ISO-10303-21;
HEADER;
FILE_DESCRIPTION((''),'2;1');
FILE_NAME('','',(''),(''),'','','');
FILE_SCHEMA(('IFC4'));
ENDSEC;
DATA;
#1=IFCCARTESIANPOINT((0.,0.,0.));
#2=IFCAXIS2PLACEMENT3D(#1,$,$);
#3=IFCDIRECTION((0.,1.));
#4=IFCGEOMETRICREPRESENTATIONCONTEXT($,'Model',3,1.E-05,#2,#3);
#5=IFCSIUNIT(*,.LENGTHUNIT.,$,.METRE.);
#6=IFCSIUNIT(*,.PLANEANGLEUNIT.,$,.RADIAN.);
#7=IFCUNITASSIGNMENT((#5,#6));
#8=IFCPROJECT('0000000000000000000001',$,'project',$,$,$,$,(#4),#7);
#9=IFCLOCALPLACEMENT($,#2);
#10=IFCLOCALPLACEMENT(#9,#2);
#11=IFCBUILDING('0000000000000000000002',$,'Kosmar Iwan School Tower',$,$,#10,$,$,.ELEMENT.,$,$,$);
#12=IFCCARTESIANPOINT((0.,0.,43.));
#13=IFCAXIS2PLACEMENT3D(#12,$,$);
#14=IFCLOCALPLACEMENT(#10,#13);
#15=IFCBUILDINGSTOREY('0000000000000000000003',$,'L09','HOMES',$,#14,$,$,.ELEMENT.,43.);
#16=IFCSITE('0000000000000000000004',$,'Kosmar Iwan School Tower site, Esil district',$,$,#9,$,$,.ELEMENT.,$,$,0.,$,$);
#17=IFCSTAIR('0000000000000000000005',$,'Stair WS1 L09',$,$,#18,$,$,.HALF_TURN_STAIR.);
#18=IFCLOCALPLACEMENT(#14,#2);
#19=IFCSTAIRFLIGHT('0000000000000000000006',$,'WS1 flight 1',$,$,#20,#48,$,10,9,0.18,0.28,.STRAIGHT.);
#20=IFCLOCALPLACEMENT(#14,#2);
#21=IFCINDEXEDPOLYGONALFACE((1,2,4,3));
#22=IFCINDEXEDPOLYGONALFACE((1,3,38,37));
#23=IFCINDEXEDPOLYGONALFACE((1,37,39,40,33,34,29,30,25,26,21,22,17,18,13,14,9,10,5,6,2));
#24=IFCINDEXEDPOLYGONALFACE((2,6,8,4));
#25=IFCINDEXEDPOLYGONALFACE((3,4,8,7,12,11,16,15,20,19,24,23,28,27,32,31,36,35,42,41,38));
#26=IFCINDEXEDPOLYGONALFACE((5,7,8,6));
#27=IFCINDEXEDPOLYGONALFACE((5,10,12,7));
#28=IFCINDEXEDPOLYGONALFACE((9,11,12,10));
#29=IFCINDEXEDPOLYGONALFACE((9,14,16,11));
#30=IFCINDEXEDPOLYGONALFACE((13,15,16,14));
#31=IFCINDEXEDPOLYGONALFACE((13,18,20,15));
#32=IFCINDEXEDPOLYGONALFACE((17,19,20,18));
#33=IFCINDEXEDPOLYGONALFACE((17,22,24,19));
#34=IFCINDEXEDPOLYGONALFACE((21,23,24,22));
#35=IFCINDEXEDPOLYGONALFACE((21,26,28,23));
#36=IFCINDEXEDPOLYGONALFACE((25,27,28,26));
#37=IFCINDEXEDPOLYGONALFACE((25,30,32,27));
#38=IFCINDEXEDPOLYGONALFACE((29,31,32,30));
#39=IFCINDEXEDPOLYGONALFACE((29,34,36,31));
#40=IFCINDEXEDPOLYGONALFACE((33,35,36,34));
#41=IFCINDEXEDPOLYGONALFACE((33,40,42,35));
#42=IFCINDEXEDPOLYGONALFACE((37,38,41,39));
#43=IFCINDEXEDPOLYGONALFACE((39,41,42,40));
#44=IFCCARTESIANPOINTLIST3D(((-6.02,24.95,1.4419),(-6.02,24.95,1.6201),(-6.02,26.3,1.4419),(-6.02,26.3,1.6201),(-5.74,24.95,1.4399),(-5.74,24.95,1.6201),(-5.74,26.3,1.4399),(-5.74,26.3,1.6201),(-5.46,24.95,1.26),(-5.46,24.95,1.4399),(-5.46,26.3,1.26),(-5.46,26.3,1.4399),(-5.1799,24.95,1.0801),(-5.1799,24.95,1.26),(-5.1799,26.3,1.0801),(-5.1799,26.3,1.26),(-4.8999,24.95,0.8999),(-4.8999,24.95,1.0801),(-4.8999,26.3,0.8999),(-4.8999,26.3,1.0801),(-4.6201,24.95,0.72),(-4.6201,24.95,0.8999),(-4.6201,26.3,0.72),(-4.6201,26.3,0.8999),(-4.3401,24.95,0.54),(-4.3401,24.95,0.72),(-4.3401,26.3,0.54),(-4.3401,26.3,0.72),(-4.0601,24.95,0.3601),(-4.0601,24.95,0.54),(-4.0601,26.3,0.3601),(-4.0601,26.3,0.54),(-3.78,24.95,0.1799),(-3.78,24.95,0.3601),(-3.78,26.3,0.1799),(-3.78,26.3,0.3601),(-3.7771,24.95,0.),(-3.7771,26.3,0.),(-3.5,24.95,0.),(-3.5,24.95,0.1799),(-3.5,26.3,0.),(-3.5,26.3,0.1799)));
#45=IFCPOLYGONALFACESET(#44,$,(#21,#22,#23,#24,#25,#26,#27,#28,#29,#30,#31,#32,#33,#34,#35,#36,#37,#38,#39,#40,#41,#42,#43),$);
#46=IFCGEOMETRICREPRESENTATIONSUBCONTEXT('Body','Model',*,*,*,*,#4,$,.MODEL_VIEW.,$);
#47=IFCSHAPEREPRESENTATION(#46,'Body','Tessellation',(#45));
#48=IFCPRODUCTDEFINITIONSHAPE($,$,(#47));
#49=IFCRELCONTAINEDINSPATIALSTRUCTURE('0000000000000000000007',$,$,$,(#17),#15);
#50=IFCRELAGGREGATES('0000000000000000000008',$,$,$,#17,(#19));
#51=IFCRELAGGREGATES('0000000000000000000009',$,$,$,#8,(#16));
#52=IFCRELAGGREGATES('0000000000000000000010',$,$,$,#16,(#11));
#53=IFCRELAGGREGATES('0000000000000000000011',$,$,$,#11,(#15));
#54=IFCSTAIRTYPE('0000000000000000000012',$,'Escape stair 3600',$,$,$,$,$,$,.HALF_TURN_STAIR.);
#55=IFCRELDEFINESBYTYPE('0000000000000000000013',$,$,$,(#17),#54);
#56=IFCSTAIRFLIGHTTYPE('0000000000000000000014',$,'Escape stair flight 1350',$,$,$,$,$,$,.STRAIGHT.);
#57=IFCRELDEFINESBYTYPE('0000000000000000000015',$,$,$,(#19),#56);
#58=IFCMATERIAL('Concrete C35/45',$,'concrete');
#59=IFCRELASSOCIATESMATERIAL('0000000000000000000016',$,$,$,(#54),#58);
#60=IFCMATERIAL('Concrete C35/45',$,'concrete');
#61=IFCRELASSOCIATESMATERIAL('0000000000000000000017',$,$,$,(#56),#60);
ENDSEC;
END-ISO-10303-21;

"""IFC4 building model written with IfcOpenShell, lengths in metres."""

from ifc_helpers import new_model, si_unit, direction, frame, origin, place, context, subcontext, project, spatial, polyline, outline, extrude, material, type_object, element, aggregate, save


model = new_model("IFC4")

# Units and contexts
model_context = context("Model", 3, precision=1e-05, world=origin(), true_north=direction((0.0, 1.0)))
body_context = subcontext(model_context, "Body", "Model", "MODEL_VIEW")
ifc_project = project(units=[si_unit("LENGTHUNIT", "METRE"), si_unit("PLANEANGLEUNIT", "RADIAN")], contexts=[model_context])

# Site, building, storey
site_placement = place(None, origin())
site = spatial("IfcSite", under=ifc_project, at=site_placement, Name="Kosmar Iwan School Tower site, Esil district", CompositionType="ELEMENT", RefElevation=0.0)
building_placement = place(site_placement, origin())
building = spatial("IfcBuilding", under=site, at=building_placement, Name="Kosmar Iwan School Tower", CompositionType="ELEMENT")
storey_placement = place(building_placement, frame((0.0, 0.0, 43.0)))
storey = spatial("IfcBuildingStorey", under=building, at=storey_placement, Name="L09", Description="HOMES", CompositionType="ELEMENT", Elevation=43.0)

# Stair, stair flight
ifc_material_1 = material(Name="Concrete C35/45", Category="concrete")
stair_type = type_object("IfcStairType", Name="Escape stair 3600", PredefinedType="HALF_TURN_STAIR", material=ifc_material_1)
stair_placement = place(storey_placement, origin())
stair = element("IfcStair", 1, at=stair_placement, inside=storey, type_object=stair_type, Name="Stair WS1 L09", PredefinedType="HALF_TURN_STAIR")
ifc_material_2 = material(Name="Concrete C35/45", Category="concrete")
stair_flight_type = type_object("IfcStairFlightType", Name="Escape stair flight 1350", PredefinedType="STRAIGHT", material=ifc_material_2)
stair_flight_placement = place(storey_placement, frame((-3.5, 25.625, 0.0), z_axis=(0.0, 0.0, 1.0), x_axis=(-1.0, 0.0, 0.0)))
stair_flight = element("IfcStairFlight", 2, at=stair_flight_placement, type_object=stair_flight_type, Name="WS1 flight 1", NumberOfRisers=10, NumberOfTreads=9, PredefinedType="STRAIGHT", RiserHeight=0.18, TreadLength=0.28, context=body_context, shape_type="SweptSolid", body=[
    extrude(outline(polyline([(0.0, 0.0), (0.0, 0.1799), (0.28, 0.1799), (0.28, 0.3601), (0.5601, 0.3601), (0.5601, 0.54), (0.8401, 0.54), (0.8401, 0.72), (1.1201, 0.72), (1.1201, 0.8999), (1.3999, 0.8999), (1.3999, 1.0801), (1.6799, 1.0801), (1.6799, 1.26), (1.96, 1.26), (1.96, 1.4399), (2.24, 1.4399), (2.24, 1.6201), (2.52, 1.6201), (2.52, 1.8), (2.52, 1.4419), (0.2771, 0.0), (0.0, 0.0)])), frame((0.0, 0.675, 0.0), z_axis=(0.0, -1.0, 0.0), x_axis=(1.0, 0.0, 0.0)), (0.0, 0.0, 1.0), 1.3501),
])
aggregate(stair, [stair_flight])

save(model, "model.ifc")
